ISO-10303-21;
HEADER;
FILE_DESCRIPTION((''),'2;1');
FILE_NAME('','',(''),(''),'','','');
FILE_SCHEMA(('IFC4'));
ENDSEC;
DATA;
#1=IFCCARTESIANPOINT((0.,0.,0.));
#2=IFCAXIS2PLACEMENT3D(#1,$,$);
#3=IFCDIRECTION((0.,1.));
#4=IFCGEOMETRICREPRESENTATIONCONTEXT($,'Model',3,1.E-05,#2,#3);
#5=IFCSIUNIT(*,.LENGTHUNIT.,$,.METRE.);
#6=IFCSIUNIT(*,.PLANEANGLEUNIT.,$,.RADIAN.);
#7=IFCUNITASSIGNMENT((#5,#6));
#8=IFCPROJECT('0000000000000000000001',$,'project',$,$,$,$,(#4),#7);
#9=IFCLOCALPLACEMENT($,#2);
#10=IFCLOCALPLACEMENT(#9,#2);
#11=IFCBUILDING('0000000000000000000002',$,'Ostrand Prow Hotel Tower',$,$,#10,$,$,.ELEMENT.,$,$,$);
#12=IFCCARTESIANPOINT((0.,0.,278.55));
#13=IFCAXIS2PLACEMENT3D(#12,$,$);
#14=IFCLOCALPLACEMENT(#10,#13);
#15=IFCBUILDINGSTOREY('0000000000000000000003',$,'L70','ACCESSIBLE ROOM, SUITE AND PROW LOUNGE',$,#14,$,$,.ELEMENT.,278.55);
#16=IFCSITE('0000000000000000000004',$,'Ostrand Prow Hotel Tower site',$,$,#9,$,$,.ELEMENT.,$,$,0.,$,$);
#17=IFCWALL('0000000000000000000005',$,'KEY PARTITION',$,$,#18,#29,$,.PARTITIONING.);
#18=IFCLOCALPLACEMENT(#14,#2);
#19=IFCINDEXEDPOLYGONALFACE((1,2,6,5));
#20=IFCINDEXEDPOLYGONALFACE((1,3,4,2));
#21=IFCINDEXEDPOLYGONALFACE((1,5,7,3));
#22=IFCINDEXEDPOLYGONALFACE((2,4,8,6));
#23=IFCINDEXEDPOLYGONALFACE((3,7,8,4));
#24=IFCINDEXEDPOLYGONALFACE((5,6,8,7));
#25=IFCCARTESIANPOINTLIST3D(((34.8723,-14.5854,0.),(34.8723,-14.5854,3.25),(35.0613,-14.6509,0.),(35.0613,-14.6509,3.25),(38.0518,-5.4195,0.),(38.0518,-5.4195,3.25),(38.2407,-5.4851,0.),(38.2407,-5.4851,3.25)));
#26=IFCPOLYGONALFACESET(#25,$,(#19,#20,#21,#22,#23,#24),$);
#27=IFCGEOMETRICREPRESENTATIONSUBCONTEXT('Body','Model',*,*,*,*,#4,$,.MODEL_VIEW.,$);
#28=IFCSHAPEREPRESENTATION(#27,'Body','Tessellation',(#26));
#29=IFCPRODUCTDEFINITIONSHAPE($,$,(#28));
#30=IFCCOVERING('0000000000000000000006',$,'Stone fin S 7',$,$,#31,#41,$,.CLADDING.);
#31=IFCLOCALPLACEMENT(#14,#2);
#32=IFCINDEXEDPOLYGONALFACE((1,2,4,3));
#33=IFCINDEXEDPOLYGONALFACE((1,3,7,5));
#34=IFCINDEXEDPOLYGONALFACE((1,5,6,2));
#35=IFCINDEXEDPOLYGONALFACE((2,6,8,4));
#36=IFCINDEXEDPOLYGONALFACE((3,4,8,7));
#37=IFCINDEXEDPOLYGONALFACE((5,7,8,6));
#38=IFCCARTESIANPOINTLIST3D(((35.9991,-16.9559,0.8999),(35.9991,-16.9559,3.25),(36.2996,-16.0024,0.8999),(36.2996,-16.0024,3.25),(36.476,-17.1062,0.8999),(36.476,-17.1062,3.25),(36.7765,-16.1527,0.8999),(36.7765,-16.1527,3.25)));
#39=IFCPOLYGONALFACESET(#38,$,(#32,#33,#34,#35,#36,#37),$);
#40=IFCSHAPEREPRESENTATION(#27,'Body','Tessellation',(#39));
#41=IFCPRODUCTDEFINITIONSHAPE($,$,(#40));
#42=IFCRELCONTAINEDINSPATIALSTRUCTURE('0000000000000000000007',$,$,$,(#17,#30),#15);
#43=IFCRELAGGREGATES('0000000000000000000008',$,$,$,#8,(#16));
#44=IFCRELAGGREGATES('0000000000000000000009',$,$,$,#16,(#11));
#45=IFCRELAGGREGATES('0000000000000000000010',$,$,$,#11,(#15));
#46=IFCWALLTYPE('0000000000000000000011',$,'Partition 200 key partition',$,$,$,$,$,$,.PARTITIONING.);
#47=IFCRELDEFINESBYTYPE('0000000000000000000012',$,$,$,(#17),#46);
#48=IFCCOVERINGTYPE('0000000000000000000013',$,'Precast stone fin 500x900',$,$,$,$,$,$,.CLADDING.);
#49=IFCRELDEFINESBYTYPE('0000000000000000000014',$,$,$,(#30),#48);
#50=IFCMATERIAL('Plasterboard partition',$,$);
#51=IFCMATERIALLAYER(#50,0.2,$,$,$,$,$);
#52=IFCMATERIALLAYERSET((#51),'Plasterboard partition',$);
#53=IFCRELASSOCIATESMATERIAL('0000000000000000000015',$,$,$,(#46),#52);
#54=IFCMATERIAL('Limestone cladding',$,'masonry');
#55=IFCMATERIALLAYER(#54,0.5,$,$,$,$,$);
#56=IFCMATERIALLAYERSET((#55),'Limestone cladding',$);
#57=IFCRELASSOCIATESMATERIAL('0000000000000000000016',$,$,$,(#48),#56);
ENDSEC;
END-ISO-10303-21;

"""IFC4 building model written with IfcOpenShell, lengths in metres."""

from ifc_helpers import new_model, si_unit, direction, frame, frame_2d, origin, place, context, subcontext, project, spatial, rectangle, extrude, material, layer, layer_set, type_object, element, save


model = new_model("IFC4")

# Units and contexts
model_context = context("Model", 3, precision=1e-05, world=origin(), true_north=direction((0.0, 1.0)))
body_context = subcontext(model_context, "Body", "Model", "MODEL_VIEW")
ifc_project = project(units=[si_unit("LENGTHUNIT", "METRE"), si_unit("PLANEANGLEUNIT", "RADIAN")], contexts=[model_context])

# Site, building, storey
site_placement = place(None, origin())
site = spatial("IfcSite", under=ifc_project, at=site_placement, Name="Ostrand Prow Hotel Tower site", CompositionType="ELEMENT", RefElevation=0.0)
building_placement = place(site_placement, origin())
building = spatial("IfcBuilding", under=site, at=building_placement, Name="Ostrand Prow Hotel Tower", CompositionType="ELEMENT")
storey_placement = place(building_placement, frame((0.0, 0.0, 278.55)))
storey = spatial("IfcBuildingStorey", under=building, at=storey_placement, Name="L70", Description="ACCESSIBLE ROOM, SUITE AND PROW LOUNGE", CompositionType="ELEMENT", Elevation=278.55)

# Wall
ifc_material_1 = material(Name="Plasterboard partition")
ifc_layer_1 = layer(ifc_material_1, 0.2)
ifc_layer_set_1 = layer_set([ifc_layer_1], Name="Plasterboard partition")
wall_type = type_object("IfcWallType", Name="Partition 200 key partition", PredefinedType="PARTITIONING", material=ifc_layer_set_1)
wall_placement = place(storey_placement, frame((34.9668, -14.6182, 0.0), z_axis=(0.0, 0.0, 1.0), x_axis=(0.327725, 0.944773, 0.0)))
element("IfcWall", 1, at=wall_placement, inside=storey, type_object=wall_type, Name="KEY PARTITION", PredefinedType="PARTITIONING", context=body_context, shape_type="SweptSolid", body=[
    extrude(rectangle(XDim=9.7017, YDim=0.2, at=frame_2d((4.8508, 0.0))), origin(), (0.0, 0.0, 1.0), 3.25),
])

# Covering
ifc_material_2 = material(Name="Limestone cladding", Category="masonry")
ifc_layer_2 = layer(ifc_material_2, 0.5)
ifc_layer_set_2 = layer_set([ifc_layer_2], Name="Limestone cladding")
covering_type = type_object("IfcCoveringType", Name="Precast stone fin 500x900", PredefinedType="CLADDING", material=ifc_layer_set_2)
covering_placement = place(storey_placement, frame((36.5381, -16.0774, 0.8999), z_axis=(0.0, 0.0, 1.0), x_axis=(-0.300582, -0.953756, 0.0)))
element("IfcCovering", 2, at=covering_placement, inside=storey, type_object=covering_type, Name="Stone fin S 7", PredefinedType="CLADDING", context=body_context, shape_type="SweptSolid", body=[
    extrude(rectangle(XDim=0.9998, YDim=0.5, at=frame_2d((0.5, 0.0))), origin(), (0.0, 0.0, 1.0), 2.3501),
])

save(model, "model.ifc")
